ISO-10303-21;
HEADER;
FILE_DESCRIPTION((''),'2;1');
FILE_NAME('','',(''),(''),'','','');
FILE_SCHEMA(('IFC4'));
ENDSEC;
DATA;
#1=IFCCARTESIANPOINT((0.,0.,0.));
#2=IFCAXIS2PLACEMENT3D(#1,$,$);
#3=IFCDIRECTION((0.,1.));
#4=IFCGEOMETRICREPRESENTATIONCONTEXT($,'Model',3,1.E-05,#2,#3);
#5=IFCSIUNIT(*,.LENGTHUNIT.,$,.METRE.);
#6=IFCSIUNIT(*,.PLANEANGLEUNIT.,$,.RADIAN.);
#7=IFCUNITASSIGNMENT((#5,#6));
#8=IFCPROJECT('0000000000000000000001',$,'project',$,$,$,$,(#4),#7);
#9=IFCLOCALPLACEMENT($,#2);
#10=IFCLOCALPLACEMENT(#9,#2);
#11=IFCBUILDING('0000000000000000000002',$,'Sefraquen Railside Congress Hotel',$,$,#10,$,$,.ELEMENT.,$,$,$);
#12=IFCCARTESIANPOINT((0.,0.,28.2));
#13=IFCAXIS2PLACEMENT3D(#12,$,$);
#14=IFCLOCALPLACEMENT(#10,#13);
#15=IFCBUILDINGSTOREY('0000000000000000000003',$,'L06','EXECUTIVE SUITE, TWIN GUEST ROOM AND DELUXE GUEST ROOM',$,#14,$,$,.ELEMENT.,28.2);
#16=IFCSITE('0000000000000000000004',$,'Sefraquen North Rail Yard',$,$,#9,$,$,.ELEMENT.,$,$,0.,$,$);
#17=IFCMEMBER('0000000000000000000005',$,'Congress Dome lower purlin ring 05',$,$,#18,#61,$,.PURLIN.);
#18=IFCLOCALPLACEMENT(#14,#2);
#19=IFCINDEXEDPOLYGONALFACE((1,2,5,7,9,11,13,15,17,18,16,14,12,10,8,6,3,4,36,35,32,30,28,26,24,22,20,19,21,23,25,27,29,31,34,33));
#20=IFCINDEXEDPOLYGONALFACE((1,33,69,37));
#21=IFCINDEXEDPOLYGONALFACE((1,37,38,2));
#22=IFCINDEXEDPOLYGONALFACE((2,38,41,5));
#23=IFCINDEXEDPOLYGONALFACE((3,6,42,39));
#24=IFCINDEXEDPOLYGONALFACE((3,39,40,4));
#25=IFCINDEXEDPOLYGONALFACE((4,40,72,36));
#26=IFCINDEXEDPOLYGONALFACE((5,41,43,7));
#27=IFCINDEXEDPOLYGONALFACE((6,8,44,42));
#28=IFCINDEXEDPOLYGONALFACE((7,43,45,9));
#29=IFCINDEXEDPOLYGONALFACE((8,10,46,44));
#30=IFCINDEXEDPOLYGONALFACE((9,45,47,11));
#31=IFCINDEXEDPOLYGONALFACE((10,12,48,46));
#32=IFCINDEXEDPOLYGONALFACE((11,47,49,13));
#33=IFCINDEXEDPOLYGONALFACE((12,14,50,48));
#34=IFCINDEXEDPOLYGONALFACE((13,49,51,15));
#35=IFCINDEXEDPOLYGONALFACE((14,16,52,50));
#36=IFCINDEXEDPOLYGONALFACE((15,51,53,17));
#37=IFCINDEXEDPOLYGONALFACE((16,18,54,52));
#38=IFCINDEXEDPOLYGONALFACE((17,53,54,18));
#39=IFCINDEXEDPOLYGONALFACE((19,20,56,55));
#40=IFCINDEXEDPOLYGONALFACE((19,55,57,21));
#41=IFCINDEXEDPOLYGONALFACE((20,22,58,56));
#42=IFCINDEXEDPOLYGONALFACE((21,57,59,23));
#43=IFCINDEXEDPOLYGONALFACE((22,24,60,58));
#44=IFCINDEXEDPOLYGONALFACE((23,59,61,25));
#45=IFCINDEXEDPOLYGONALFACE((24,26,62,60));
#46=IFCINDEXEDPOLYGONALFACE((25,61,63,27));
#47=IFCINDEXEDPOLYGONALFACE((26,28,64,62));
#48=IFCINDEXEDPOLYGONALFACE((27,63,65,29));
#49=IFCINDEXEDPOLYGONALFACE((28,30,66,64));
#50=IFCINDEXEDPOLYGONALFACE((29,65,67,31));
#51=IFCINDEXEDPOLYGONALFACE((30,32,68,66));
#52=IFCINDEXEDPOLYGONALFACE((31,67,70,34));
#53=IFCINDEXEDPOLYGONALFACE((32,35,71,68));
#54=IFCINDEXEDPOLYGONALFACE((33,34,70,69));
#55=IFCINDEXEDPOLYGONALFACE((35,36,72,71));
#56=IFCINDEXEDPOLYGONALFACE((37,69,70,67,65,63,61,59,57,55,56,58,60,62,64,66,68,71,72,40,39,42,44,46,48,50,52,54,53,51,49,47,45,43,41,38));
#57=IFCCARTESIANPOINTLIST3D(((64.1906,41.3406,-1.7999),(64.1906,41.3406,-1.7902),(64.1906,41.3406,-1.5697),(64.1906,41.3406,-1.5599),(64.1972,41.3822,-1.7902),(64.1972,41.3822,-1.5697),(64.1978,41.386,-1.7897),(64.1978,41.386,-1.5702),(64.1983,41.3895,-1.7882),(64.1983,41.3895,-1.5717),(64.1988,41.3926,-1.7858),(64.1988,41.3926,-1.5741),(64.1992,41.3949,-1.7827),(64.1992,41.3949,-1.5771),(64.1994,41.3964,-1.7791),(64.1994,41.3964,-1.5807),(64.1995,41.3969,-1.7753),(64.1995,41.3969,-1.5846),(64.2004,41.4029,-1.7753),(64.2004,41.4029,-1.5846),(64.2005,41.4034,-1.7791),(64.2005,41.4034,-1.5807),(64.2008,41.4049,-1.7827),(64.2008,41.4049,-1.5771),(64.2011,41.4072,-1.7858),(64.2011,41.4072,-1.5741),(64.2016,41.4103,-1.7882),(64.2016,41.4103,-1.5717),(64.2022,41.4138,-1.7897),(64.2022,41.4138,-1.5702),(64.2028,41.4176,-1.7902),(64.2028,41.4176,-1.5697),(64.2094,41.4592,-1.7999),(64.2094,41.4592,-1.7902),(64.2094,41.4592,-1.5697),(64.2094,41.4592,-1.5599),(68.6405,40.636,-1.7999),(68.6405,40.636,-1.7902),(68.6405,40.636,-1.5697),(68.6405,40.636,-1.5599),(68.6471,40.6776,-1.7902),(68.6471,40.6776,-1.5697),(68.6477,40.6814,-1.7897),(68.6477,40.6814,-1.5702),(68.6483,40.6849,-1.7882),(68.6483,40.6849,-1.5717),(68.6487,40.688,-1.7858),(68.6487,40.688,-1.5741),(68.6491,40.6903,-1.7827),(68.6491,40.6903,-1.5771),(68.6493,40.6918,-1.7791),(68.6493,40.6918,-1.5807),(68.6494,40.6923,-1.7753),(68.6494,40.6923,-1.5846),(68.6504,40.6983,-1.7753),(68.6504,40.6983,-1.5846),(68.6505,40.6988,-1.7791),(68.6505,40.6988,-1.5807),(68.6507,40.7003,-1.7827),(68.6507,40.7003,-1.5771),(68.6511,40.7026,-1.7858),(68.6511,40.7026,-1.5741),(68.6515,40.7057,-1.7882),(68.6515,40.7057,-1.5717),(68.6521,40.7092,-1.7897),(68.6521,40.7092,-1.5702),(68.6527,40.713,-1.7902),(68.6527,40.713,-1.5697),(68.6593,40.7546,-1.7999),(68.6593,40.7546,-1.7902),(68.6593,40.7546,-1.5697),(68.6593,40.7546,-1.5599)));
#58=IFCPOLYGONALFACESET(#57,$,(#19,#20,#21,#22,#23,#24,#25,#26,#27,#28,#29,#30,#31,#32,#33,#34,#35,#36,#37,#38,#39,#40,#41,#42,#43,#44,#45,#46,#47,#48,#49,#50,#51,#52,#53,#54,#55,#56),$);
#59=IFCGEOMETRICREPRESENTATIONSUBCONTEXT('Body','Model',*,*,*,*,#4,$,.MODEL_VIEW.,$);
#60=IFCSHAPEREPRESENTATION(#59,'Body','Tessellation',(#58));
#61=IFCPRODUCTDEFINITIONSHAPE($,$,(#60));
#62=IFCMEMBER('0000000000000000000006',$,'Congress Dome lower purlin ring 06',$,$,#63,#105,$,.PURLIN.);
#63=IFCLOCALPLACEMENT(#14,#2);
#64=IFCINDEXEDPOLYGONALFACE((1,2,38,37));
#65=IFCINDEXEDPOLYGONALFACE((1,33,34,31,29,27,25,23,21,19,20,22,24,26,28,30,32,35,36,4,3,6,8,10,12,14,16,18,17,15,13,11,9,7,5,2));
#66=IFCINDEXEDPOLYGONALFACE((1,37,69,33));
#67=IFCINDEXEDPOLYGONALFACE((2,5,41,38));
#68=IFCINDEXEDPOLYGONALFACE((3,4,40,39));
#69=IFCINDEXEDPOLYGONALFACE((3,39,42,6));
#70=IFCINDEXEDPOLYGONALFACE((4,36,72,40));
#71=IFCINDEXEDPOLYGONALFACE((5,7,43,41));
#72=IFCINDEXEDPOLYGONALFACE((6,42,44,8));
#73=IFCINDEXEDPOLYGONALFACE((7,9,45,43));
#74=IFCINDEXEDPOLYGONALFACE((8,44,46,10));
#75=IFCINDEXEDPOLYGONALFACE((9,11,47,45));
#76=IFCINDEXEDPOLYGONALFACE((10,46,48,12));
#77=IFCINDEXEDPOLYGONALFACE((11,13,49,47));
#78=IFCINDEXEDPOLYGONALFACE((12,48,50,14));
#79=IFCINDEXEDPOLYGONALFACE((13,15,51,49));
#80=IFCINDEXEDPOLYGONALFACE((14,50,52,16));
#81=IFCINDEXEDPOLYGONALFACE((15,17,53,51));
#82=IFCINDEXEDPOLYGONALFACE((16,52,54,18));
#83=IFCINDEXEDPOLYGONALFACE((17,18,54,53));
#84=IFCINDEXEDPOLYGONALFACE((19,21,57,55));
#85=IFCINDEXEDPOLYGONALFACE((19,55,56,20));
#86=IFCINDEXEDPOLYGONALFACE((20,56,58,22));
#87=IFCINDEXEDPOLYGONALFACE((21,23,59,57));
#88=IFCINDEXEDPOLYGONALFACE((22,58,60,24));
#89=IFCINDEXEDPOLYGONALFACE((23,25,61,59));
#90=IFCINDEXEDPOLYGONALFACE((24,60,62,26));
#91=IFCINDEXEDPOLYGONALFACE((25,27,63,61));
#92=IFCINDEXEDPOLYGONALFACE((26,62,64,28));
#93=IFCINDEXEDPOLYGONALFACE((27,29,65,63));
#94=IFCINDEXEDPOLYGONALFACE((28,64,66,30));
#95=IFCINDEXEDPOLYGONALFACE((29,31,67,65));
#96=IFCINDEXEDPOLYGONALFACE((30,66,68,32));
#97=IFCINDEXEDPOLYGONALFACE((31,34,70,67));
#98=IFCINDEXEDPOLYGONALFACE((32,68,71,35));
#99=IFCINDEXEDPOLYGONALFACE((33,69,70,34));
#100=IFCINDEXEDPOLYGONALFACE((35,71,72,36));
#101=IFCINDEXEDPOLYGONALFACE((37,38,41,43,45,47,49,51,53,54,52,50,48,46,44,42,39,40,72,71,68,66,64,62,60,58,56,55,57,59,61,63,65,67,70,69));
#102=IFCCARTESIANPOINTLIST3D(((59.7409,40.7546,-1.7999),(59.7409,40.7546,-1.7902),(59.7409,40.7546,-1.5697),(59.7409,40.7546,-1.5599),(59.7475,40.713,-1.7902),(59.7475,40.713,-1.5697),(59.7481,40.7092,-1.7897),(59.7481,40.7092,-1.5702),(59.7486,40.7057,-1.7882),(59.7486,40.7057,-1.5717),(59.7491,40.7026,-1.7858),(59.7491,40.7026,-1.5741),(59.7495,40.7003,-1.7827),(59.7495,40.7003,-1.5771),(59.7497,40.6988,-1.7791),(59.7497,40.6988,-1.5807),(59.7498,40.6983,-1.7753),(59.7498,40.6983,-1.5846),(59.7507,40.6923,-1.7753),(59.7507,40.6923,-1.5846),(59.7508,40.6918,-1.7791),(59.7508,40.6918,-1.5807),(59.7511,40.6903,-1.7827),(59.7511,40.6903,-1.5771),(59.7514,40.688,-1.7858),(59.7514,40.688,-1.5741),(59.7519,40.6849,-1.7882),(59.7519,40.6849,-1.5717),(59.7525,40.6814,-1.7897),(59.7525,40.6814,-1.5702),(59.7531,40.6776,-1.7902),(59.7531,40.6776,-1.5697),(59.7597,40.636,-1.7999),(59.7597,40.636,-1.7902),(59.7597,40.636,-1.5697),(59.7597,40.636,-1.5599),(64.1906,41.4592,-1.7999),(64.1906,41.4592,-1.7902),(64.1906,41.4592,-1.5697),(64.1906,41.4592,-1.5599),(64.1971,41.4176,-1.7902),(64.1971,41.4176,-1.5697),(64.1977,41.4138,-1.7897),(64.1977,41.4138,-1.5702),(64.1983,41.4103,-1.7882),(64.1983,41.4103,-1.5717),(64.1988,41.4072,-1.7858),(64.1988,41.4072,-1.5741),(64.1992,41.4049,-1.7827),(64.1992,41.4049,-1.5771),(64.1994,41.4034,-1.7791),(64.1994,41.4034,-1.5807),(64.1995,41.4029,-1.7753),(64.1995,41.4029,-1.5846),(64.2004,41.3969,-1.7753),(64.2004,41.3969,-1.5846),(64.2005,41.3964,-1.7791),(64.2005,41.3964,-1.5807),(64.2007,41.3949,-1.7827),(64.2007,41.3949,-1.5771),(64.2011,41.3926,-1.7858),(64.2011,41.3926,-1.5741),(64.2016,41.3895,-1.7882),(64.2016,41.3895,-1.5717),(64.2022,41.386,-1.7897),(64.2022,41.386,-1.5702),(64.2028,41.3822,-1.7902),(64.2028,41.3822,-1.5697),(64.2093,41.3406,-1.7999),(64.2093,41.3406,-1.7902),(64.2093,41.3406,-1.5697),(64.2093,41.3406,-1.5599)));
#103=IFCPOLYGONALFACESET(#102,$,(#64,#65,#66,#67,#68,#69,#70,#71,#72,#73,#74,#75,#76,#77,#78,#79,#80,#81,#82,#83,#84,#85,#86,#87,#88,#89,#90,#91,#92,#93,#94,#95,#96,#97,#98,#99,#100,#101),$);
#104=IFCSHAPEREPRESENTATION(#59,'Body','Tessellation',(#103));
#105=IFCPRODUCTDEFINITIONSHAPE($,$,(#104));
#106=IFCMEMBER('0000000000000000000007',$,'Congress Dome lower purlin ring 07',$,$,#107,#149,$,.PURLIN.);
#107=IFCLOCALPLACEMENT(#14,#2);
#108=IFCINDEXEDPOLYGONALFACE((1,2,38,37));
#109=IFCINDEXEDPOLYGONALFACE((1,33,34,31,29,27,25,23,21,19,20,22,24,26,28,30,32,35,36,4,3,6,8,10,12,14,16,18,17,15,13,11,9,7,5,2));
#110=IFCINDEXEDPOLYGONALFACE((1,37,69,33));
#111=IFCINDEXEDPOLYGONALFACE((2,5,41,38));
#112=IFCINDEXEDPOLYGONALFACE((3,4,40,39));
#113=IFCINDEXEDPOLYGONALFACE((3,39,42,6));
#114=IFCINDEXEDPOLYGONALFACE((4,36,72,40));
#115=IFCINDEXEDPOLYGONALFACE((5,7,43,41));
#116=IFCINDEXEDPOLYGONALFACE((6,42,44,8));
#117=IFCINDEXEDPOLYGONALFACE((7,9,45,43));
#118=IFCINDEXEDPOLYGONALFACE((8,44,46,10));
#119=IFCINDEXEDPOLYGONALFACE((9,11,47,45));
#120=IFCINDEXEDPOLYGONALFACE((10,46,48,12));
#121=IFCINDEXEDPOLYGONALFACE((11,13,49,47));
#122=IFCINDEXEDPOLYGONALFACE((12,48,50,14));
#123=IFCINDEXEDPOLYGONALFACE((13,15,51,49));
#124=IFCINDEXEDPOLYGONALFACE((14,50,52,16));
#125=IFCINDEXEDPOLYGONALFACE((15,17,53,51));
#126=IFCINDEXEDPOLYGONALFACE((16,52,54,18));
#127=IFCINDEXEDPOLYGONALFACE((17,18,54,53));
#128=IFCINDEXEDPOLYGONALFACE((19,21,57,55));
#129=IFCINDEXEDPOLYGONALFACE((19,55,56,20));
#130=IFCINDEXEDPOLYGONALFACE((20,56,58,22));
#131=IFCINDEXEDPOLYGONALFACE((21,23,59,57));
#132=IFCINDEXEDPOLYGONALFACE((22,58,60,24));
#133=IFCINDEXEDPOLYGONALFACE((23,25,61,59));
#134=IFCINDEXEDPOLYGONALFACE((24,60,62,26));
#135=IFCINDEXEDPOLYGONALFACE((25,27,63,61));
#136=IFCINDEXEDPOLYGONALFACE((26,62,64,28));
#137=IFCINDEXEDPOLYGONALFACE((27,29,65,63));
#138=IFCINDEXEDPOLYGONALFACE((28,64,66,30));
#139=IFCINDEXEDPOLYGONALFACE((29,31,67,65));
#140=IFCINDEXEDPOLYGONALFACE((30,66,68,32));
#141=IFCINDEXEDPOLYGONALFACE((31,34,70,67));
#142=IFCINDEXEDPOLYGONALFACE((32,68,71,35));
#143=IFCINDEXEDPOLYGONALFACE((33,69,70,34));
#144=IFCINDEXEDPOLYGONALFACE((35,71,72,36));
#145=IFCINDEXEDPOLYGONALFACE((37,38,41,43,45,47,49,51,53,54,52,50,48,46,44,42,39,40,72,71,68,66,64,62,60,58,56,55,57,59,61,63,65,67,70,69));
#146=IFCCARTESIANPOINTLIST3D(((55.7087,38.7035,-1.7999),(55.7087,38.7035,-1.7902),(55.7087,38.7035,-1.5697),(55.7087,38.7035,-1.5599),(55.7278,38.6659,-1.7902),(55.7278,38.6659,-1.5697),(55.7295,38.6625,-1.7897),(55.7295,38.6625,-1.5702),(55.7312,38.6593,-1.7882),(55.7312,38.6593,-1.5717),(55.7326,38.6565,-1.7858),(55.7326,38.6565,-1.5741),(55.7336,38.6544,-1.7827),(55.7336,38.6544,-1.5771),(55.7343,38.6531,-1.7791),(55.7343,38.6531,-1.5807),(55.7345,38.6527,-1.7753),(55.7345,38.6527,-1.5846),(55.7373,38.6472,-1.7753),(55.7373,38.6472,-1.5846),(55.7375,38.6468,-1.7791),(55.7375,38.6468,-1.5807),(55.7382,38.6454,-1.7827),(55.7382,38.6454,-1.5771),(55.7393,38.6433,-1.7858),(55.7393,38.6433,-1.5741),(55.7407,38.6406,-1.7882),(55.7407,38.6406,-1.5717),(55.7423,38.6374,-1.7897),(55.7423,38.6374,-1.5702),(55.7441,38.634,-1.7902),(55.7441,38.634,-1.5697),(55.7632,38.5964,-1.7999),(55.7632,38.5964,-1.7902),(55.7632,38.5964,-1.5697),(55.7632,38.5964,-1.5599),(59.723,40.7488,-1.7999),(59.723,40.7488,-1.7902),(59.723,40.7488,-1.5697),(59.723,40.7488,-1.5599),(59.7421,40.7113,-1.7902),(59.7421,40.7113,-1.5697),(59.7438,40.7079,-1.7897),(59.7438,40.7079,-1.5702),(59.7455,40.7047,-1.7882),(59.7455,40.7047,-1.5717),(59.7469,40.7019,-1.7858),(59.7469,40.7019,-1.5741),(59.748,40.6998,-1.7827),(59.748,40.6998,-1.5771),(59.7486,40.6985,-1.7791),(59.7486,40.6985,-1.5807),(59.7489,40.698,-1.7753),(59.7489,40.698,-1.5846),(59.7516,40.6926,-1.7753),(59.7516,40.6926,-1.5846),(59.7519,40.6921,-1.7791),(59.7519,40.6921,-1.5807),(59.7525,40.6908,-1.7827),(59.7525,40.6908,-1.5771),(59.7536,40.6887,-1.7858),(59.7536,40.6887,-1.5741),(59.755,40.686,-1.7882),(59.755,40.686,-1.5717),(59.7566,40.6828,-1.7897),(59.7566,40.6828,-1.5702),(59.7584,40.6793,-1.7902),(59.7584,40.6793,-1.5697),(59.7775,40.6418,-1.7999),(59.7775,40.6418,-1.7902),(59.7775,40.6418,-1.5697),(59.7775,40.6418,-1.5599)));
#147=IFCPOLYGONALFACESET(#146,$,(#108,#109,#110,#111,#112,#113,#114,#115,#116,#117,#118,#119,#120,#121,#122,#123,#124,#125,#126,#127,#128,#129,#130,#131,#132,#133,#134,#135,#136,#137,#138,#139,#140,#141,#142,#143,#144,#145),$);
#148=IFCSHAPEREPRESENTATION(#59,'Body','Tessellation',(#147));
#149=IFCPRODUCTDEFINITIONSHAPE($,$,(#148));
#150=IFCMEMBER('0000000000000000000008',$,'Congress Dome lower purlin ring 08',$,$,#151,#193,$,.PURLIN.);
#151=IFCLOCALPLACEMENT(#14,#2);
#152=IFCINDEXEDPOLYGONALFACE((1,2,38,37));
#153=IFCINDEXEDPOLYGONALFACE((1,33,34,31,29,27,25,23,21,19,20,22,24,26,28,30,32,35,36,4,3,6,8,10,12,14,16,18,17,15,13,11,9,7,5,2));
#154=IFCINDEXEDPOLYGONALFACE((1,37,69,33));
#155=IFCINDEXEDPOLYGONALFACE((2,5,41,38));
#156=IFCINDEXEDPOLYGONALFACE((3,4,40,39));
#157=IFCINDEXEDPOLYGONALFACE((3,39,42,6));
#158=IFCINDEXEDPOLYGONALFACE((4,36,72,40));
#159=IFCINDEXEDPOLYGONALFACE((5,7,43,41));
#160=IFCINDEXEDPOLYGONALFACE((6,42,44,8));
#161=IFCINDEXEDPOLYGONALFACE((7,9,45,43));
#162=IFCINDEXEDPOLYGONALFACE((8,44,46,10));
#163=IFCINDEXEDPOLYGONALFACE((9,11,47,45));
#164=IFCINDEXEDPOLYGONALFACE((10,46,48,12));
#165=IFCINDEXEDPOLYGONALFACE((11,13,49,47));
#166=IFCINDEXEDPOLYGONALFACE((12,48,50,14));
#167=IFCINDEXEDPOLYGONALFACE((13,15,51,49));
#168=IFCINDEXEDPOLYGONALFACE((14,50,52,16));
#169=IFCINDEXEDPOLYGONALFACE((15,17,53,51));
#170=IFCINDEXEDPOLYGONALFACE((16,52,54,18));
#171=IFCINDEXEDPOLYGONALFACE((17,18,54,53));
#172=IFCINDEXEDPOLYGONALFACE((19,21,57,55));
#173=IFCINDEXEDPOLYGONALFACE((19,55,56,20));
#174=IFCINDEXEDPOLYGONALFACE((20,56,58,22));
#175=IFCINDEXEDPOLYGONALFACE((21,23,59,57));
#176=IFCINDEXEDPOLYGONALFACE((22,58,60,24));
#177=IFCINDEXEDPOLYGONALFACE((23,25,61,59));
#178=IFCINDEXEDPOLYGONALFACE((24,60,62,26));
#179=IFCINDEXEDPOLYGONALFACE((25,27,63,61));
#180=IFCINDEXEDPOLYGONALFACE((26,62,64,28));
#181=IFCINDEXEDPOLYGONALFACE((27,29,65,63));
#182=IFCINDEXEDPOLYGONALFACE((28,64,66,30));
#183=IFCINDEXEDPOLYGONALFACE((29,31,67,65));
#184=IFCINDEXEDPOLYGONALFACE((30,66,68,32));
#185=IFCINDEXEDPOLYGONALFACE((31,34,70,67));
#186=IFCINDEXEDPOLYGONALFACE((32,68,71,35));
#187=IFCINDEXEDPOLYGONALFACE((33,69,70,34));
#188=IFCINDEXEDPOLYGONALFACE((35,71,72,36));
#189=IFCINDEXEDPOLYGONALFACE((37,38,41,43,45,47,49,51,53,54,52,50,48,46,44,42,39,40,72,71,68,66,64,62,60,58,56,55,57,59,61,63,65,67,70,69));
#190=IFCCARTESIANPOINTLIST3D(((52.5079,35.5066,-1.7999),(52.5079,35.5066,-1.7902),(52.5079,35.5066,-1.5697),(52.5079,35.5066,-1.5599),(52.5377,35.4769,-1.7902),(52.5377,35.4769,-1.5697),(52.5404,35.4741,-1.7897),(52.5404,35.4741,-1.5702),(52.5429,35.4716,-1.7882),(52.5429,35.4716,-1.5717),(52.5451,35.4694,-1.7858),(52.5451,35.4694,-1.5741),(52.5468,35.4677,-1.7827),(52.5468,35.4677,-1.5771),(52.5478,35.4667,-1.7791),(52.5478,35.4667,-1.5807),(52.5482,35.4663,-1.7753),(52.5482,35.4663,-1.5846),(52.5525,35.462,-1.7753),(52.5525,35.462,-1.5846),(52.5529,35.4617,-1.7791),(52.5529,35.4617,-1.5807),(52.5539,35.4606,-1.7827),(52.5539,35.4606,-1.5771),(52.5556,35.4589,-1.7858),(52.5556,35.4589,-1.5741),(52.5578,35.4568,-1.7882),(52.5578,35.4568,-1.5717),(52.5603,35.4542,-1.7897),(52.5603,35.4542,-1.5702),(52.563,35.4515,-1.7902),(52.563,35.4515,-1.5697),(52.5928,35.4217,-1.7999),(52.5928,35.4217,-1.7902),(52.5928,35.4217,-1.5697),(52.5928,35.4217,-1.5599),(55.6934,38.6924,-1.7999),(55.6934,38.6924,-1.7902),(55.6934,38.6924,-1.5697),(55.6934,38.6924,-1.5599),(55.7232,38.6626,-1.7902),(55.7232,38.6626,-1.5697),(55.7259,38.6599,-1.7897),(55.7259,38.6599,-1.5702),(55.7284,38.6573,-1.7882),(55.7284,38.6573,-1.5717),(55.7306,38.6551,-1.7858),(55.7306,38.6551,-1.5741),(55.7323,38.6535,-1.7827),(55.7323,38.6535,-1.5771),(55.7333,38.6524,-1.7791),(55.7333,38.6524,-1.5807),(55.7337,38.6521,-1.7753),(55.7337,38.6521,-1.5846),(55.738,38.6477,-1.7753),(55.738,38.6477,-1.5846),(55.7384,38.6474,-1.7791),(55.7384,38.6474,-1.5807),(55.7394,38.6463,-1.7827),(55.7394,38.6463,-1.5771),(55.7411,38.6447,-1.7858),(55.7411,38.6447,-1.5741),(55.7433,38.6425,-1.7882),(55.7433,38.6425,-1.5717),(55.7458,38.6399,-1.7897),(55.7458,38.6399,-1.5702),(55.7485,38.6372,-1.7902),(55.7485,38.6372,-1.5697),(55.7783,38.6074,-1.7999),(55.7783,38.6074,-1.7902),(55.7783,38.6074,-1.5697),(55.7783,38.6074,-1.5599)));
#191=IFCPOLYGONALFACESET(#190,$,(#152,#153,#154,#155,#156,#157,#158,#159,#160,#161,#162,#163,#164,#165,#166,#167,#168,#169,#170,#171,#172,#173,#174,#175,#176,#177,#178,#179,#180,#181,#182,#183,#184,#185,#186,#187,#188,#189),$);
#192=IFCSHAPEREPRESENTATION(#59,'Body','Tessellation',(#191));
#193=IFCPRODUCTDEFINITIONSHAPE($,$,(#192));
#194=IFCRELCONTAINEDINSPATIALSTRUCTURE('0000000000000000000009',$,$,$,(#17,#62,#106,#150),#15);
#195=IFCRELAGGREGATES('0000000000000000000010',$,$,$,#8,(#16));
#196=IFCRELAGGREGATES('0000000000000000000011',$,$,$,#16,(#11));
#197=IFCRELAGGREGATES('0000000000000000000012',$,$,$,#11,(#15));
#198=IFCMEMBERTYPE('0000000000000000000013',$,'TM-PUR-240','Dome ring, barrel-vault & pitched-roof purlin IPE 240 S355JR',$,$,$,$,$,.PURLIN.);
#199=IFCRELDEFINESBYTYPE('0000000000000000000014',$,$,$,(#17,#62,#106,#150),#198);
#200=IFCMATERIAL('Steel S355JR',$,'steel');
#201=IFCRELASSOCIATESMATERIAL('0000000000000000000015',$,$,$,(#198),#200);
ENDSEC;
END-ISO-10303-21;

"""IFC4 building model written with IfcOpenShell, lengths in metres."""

from ifc_helpers import new_model, si_unit, direction, frame, origin, origin_2d, place, context, subcontext, project, spatial, i_section, extrude, material, material_profile, profile_set, type_object, element, save


model = new_model("IFC4")

# Units and contexts
model_context = context("Model", 3, precision=1e-05, world=origin(), true_north=direction((0.0, 1.0)))
body_context = subcontext(model_context, "Body", "Model", "MODEL_VIEW")
ifc_project = project(units=[si_unit("LENGTHUNIT", "METRE"), si_unit("PLANEANGLEUNIT", "RADIAN")], contexts=[model_context])

# Site, building, storey
site_placement = place(None, origin())
site = spatial("IfcSite", under=ifc_project, at=site_placement, Name="Sefraquen North Rail Yard", CompositionType="ELEMENT", RefElevation=0.0)
building_placement = place(site_placement, origin())
building = spatial("IfcBuilding", under=site, at=building_placement, Name="Sefraquen Railside Congress Hotel", CompositionType="ELEMENT")
storey_placement = place(building_placement, frame((0.0, 0.0, 28.2)))
storey = spatial("IfcBuildingStorey", under=building, at=storey_placement, Name="L06", Description="EXECUTIVE SUITE, TWIN GUEST ROOM AND DELUXE GUEST ROOM", CompositionType="ELEMENT", Elevation=28.2)

# Shared definitions
ifc_material_1 = material(Name="Steel S355JR", Category="steel")

# Members
ifc_material_profile_1 = material_profile(ifc_material_1, i_section(OverallWidth=0.1201, OverallDepth=0.24, WebThickness=0.0061, FlangeThickness=0.0098, FilletRadius=0.0149, at=origin_2d()), Name="IPE 240")
ifc_profile_set_1 = profile_set([ifc_material_profile_1], Name="Steel S355JR")
member_type_1 = type_object("IfcMemberType", Name="TM-PUR-240", Description="Dome ring, barrel-vault & pitched-roof purlin IPE 240 S355JR", PredefinedType="PURLIN", material=ifc_profile_set_1)
member_1_placement = place(storey_placement, frame((68.6499, 40.6953, -1.6799), z_axis=(-0.987696, 0.156388, 0.0), x_axis=(-0.156388, -0.987696, 0.0)))
element("IfcMember", 1, at=member_1_placement, inside=storey, type_object=member_type_1, Name="Congress Dome lower purlin ring 05", PredefinedType="PURLIN", context=body_context, shape_type="SweptSolid", body=[
    extrude(i_section(OverallWidth=0.1201, OverallDepth=0.24, WebThickness=0.0061, FlangeThickness=0.0098, FilletRadius=0.0149, at=origin_2d()), origin(), (0.0, 0.0, 1.0), 4.5054),
])
member_2_placement = place(storey_placement, frame((64.2, 41.3999, -1.6799), z_axis=(-0.987694, -0.156397, 0.0), x_axis=(0.156397, -0.987694, 0.0)))
element("IfcMember", 2, at=member_2_placement, inside=storey, type_object=member_type_1, Name="Congress Dome lower purlin ring 06", PredefinedType="PURLIN", context=body_context, shape_type="SweptSolid", body=[
    extrude(i_section(OverallWidth=0.1201, OverallDepth=0.24, WebThickness=0.0061, FlangeThickness=0.0098, FilletRadius=0.0149, at=origin_2d()), origin(), (0.0, 0.0, 1.0), 4.5051),
])
member_3_placement = place(storey_placement, frame((59.7502, 40.6953, -1.6799), z_axis=(-0.891009, -0.453985, 0.0), x_axis=(0.453985, -0.891009, 0.0)))
element("IfcMember", 3, at=member_3_placement, inside=storey, type_object=member_type_1, Name="Congress Dome lower purlin ring 07", PredefinedType="PURLIN", context=body_context, shape_type="SweptSolid", body=[
    extrude(i_section(OverallWidth=0.1201, OverallDepth=0.24, WebThickness=0.0061, FlangeThickness=0.0098, FilletRadius=0.0149, at=origin_2d()), origin(), (0.0, 0.0, 1.0), 4.5054),
])
member_4_placement = place(storey_placement, frame((55.7358, 38.6499, -1.6799), z_axis=(-0.70708, -0.707134, 0.0), x_axis=(0.707134, -0.70708, 0.0)))
element("IfcMember", 4, at=member_4_placement, inside=storey, type_object=member_type_1, Name="Congress Dome lower purlin ring 08", PredefinedType="PURLIN", context=body_context, shape_type="SweptSolid", body=[
    extrude(i_section(OverallWidth=0.1201, OverallDepth=0.24, WebThickness=0.0061, FlangeThickness=0.0098, FilletRadius=0.0149, at=origin_2d()), origin(), (0.0, 0.0, 1.0), 4.5051),
])

save(model, "model.ifc")
